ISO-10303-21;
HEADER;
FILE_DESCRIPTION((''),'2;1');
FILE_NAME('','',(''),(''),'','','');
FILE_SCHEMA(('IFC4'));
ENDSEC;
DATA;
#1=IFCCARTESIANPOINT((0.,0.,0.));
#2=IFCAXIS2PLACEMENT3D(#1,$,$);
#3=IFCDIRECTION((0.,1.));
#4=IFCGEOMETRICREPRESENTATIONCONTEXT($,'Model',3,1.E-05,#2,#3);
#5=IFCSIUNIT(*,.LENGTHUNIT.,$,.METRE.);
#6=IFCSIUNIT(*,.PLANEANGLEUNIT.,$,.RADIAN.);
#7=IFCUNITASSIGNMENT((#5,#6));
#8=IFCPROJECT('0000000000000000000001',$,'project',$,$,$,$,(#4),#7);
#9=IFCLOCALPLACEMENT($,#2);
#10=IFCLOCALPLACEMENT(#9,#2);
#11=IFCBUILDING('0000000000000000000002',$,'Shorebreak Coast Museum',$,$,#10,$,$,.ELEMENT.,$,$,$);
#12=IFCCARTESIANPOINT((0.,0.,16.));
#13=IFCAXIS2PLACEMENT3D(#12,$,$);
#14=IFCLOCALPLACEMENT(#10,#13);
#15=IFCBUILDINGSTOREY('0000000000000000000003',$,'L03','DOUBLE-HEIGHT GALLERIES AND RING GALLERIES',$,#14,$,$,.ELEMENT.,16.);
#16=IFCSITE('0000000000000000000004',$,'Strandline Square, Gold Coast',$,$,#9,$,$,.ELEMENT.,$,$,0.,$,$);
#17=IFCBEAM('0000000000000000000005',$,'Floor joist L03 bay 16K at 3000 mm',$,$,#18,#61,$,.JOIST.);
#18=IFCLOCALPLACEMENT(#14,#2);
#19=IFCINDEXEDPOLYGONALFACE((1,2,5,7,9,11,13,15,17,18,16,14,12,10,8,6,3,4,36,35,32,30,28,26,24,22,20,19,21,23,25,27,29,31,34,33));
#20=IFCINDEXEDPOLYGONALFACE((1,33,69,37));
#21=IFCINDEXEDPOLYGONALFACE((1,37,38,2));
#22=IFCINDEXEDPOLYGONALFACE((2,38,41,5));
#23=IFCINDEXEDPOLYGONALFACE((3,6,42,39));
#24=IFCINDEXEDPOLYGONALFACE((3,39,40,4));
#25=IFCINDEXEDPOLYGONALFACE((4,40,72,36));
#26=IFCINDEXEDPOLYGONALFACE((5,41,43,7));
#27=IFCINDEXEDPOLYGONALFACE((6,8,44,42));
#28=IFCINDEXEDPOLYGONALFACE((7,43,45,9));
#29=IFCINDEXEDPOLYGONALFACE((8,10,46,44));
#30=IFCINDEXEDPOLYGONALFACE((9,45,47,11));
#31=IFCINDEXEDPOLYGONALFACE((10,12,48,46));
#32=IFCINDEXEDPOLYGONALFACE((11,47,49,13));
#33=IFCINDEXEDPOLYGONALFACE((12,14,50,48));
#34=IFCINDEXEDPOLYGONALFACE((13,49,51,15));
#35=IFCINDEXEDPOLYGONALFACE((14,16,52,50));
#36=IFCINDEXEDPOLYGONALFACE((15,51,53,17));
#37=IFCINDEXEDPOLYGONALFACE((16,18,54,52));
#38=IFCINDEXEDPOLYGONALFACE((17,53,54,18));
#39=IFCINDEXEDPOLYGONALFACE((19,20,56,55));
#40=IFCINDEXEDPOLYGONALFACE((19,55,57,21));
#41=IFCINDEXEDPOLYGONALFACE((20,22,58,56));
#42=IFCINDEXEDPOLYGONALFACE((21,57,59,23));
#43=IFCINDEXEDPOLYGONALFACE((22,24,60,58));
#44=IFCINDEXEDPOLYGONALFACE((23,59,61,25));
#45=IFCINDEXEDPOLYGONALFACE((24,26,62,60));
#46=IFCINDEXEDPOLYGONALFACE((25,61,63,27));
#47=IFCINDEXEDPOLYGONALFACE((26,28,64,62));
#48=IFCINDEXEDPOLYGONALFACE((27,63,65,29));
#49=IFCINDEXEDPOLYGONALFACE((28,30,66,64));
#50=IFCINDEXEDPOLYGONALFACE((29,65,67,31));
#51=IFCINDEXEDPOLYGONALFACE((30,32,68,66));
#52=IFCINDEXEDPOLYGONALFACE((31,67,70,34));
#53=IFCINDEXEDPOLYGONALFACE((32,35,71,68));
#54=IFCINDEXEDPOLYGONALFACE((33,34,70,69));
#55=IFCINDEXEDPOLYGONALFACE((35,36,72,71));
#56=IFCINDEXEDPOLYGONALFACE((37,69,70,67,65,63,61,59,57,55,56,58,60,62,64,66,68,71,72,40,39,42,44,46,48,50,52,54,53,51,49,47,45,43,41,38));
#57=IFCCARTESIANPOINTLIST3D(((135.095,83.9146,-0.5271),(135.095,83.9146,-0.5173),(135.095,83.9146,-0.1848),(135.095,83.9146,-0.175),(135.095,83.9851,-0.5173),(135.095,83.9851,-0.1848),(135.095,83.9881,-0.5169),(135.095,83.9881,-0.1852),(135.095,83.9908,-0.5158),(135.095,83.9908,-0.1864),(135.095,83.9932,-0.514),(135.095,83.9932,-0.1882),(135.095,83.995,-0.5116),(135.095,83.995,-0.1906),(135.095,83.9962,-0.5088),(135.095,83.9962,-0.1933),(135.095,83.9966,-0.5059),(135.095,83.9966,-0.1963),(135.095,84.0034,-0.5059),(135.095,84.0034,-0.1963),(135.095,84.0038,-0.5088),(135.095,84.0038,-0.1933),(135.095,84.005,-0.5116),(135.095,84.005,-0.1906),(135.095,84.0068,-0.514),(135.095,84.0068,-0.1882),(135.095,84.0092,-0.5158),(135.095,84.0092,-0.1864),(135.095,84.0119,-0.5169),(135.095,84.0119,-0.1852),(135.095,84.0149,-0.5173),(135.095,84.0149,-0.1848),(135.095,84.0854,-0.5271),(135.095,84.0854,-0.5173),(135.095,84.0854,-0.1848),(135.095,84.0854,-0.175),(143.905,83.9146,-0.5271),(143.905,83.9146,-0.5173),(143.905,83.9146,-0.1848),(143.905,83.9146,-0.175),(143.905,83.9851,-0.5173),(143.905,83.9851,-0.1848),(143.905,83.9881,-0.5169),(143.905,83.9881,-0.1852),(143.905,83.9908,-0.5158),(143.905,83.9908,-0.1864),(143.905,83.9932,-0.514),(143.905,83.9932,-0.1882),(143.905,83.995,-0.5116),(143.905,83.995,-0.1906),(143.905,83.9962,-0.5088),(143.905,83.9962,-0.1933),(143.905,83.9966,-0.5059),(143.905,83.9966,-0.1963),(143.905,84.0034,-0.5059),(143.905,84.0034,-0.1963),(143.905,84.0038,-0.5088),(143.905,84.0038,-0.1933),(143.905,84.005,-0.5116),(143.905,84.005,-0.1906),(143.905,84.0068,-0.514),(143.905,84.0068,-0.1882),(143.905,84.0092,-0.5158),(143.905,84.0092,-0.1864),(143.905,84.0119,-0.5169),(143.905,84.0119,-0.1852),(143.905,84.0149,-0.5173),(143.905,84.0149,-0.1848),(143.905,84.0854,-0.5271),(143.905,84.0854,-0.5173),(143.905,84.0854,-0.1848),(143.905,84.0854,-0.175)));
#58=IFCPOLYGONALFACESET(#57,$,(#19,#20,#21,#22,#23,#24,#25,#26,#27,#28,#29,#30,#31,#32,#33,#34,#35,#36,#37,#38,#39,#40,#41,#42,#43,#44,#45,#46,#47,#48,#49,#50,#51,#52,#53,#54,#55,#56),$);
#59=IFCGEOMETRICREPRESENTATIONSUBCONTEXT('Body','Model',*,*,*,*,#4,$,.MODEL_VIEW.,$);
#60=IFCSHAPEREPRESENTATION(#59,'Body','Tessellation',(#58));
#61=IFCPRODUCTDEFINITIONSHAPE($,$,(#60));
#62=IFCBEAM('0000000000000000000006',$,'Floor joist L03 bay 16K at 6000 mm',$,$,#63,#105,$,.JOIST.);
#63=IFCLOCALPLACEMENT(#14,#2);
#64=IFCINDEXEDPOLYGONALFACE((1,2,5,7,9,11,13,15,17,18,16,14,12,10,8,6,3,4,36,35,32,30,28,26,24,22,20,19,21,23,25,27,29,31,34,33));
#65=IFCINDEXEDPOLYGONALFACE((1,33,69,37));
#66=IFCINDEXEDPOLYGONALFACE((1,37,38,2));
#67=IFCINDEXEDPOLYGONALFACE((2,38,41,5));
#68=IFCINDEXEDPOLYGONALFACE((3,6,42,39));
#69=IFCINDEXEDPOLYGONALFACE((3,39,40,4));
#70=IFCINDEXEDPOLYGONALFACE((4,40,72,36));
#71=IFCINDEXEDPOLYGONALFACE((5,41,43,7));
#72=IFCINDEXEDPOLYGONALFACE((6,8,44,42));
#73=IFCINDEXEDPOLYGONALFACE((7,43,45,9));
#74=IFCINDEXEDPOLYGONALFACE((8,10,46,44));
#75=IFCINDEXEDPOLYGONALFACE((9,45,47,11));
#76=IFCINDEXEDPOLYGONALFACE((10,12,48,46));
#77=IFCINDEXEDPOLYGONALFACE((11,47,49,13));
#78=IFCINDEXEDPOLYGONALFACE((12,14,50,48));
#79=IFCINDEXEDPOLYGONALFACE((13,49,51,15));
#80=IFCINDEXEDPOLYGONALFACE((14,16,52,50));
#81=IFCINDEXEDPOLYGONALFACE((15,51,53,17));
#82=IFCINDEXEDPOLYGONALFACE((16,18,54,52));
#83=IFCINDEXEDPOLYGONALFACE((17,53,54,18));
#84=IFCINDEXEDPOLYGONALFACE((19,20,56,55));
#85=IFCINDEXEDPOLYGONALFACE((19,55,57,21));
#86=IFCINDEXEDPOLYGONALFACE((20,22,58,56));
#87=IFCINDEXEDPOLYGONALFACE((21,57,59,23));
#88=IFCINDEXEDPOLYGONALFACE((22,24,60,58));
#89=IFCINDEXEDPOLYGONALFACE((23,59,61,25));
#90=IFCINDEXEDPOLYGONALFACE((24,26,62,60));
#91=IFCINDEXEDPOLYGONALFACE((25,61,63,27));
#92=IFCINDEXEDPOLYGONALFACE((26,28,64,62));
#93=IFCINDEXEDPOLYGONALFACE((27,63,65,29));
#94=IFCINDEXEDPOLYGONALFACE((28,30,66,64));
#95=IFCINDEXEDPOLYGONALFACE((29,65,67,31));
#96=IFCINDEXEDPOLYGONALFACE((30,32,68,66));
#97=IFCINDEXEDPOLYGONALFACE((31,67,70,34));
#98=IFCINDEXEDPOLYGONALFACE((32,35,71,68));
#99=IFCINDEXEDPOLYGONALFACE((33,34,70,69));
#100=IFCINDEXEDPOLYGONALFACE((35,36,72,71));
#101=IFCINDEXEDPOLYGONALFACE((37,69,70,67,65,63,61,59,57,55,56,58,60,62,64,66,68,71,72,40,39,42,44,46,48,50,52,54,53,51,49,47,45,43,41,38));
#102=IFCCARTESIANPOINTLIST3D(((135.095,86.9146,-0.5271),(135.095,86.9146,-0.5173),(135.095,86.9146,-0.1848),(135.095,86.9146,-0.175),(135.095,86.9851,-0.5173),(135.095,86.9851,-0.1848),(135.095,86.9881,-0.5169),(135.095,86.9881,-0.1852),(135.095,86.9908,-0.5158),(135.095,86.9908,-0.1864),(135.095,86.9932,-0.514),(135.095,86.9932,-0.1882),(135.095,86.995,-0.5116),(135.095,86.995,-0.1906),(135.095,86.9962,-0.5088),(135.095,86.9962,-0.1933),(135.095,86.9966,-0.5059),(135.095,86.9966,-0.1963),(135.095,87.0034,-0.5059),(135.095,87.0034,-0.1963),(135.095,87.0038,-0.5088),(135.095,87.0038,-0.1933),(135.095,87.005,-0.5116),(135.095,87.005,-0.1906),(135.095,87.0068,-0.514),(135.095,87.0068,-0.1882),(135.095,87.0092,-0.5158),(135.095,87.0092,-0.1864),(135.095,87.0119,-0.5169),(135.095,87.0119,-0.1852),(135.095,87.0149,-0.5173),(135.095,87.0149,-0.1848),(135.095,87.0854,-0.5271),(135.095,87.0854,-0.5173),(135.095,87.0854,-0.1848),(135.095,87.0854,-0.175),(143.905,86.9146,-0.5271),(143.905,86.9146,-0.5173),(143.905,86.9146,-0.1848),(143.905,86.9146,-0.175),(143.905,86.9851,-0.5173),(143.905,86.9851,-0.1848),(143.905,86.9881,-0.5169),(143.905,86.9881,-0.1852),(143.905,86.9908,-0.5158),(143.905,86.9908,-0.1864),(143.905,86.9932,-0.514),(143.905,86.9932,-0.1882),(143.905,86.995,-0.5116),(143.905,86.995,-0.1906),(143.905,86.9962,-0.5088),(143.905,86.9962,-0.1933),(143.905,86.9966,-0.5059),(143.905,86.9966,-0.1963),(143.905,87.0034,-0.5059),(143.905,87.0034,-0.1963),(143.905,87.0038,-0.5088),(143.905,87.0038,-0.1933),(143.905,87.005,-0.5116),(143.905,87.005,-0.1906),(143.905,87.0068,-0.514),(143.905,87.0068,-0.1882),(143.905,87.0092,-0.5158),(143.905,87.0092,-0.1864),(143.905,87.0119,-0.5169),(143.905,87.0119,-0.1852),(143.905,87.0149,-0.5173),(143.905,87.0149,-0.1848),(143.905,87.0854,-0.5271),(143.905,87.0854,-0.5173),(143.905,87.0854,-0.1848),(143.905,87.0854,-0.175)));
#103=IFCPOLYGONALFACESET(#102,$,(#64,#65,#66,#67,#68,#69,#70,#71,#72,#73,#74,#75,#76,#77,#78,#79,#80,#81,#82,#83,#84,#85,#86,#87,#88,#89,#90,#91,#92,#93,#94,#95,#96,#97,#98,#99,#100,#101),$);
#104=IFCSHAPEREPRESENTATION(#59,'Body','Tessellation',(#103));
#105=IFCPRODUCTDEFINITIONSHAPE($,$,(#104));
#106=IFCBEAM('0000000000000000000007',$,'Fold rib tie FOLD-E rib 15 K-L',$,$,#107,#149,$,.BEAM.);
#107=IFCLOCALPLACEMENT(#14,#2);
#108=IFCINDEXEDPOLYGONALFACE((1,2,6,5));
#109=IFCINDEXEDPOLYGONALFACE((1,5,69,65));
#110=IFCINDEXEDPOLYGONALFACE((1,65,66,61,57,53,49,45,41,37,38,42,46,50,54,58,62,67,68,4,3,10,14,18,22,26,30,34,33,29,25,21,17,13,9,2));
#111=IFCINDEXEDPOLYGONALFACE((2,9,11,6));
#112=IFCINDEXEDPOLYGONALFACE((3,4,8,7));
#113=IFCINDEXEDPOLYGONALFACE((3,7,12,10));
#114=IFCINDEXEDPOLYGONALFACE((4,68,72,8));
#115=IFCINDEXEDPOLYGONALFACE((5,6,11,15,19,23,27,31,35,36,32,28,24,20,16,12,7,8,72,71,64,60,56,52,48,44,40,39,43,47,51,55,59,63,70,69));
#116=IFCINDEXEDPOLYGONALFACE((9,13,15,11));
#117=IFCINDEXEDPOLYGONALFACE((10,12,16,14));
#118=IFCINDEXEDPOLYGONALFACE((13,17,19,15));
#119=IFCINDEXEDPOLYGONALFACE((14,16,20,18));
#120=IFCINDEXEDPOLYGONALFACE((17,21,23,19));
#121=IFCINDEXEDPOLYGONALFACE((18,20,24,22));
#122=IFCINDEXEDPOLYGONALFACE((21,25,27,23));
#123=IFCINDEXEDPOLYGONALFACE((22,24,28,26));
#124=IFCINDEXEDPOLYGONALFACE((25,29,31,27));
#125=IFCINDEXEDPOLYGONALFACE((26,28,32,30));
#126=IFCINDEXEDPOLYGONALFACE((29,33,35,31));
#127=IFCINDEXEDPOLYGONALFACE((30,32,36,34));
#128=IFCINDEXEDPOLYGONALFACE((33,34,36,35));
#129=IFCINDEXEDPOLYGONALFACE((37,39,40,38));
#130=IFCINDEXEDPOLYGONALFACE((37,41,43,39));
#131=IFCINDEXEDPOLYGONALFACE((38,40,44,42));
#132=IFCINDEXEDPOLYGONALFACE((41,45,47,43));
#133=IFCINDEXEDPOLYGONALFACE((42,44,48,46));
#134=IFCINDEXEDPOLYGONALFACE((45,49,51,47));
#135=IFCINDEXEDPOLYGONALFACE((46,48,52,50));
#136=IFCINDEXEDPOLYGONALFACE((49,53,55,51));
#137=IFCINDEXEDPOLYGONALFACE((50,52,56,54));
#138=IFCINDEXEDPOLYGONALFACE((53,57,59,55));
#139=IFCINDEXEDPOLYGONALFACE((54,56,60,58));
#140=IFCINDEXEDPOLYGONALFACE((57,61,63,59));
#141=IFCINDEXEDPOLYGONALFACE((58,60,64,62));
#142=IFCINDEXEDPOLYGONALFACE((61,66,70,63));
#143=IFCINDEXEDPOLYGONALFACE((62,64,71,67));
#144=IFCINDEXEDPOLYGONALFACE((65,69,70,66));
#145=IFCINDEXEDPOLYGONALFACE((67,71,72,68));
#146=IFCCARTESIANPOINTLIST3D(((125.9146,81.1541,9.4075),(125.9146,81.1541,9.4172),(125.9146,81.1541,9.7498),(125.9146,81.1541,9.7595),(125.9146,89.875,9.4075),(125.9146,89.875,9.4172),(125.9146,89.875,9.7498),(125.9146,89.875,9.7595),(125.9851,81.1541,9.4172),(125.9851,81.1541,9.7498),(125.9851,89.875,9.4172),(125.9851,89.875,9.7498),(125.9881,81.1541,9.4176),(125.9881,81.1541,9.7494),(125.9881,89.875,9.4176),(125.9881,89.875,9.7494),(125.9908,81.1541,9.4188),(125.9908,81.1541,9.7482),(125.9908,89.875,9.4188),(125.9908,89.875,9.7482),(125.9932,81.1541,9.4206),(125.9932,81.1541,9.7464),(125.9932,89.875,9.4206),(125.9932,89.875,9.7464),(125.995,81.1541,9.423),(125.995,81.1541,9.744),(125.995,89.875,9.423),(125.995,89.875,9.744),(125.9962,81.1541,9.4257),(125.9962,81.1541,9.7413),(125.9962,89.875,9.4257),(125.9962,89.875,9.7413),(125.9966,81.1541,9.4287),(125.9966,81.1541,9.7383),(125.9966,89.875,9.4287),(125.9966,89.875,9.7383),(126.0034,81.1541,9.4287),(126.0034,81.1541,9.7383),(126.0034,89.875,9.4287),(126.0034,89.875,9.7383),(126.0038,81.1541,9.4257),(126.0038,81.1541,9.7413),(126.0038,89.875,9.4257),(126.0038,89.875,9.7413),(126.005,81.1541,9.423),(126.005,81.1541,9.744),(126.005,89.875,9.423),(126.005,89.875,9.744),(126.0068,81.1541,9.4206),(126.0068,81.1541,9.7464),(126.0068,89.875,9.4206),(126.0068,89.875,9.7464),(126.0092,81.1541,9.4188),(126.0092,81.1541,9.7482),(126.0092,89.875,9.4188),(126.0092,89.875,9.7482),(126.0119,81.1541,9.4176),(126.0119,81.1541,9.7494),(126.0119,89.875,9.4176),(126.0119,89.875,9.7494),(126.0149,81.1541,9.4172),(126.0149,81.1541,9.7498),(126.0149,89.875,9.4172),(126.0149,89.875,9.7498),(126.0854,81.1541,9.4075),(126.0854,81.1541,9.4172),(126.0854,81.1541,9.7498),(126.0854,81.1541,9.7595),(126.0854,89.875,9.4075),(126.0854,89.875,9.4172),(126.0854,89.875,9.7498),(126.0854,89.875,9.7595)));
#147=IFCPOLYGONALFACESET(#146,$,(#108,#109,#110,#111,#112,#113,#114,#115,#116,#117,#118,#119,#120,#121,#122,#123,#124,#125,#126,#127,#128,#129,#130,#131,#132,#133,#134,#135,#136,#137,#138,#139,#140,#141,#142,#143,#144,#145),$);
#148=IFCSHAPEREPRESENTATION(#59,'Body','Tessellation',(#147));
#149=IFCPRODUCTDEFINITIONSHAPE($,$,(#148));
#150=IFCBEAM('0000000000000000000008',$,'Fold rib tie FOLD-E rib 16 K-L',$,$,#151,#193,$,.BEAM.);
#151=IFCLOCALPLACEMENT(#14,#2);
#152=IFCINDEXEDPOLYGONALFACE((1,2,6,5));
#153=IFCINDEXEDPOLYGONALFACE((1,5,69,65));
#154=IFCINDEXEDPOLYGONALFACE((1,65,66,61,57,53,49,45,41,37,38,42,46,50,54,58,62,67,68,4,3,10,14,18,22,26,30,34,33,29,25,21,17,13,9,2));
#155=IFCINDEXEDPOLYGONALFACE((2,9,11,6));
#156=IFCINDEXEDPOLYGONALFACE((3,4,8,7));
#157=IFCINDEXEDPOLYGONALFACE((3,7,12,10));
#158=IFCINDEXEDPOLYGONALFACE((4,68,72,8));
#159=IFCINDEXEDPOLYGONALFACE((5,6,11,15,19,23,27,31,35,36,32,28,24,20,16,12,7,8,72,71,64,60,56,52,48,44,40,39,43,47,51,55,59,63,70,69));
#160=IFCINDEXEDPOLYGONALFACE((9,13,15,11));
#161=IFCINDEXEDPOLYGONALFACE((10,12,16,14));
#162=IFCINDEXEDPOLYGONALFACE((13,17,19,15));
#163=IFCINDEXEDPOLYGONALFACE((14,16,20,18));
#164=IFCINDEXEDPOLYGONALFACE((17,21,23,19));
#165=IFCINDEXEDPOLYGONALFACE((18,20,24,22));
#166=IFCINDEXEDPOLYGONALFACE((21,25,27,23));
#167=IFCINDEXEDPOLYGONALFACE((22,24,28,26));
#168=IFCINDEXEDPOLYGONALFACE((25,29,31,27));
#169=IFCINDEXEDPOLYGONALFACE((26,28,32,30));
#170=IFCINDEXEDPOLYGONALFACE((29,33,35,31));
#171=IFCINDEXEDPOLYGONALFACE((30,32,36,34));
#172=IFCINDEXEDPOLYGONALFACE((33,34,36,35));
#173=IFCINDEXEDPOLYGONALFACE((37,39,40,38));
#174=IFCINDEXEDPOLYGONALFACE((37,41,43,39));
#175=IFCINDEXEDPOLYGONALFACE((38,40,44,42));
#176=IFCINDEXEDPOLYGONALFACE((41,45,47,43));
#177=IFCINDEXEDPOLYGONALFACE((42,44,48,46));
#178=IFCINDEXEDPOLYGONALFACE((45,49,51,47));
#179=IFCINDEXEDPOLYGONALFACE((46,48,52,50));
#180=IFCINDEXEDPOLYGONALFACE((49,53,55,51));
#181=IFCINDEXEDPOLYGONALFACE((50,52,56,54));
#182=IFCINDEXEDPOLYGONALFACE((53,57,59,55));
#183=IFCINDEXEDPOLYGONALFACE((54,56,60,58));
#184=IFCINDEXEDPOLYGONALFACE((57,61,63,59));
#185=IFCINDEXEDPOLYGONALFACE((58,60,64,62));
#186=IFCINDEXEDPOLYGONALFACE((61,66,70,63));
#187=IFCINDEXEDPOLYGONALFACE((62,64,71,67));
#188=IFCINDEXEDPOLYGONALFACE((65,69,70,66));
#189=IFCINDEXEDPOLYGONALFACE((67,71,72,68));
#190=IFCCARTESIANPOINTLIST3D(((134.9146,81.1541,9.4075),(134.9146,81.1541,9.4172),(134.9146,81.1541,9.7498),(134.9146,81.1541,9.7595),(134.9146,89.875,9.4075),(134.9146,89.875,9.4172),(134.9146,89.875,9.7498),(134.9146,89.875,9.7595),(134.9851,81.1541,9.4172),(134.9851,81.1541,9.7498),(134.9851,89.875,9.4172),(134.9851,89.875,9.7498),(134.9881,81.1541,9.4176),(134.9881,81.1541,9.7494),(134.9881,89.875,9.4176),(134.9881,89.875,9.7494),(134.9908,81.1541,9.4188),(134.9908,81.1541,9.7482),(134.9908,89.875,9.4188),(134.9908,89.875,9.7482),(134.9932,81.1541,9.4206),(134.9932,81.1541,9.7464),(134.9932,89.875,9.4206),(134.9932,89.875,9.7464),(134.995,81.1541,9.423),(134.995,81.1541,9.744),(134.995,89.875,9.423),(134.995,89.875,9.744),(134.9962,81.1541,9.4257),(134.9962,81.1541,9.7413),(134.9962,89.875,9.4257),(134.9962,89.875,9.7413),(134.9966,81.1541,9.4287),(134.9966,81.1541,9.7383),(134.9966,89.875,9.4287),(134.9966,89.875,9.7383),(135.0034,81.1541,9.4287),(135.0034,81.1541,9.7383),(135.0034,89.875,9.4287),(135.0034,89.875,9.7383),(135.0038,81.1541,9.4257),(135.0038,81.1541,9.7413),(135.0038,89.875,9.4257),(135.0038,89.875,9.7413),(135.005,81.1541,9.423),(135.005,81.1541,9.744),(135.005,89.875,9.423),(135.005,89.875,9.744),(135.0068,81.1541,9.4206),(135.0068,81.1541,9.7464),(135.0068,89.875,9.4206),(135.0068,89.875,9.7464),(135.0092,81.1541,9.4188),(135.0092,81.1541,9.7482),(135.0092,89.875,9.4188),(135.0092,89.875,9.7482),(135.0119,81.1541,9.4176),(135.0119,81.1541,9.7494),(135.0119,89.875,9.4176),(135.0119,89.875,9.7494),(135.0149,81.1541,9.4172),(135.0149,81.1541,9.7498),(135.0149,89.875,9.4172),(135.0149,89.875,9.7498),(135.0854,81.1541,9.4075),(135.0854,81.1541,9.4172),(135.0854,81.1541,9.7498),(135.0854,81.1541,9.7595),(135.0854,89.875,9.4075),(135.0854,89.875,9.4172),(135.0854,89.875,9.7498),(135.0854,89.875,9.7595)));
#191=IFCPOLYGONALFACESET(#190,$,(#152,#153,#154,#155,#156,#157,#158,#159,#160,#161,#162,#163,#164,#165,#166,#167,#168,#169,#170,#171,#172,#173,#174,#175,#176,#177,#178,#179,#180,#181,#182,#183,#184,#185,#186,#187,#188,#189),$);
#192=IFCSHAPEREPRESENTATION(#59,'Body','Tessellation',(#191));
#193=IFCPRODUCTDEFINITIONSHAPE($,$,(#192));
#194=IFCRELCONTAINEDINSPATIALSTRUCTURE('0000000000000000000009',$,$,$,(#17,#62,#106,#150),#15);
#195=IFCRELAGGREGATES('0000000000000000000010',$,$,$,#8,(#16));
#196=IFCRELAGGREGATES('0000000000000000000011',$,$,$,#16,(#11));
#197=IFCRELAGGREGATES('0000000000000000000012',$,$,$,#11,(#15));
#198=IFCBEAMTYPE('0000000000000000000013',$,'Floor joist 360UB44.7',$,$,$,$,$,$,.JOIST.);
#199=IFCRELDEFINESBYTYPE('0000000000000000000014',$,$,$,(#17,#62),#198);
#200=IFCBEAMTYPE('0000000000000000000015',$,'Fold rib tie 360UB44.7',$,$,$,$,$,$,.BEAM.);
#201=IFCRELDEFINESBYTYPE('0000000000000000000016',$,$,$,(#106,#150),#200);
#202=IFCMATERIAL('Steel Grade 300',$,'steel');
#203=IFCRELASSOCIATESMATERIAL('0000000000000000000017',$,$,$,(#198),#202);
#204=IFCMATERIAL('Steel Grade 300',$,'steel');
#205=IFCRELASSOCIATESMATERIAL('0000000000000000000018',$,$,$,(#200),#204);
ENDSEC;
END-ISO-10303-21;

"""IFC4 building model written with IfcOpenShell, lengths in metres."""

from ifc_helpers import new_model, si_unit, direction, frame, origin, origin_2d, place, context, subcontext, project, spatial, i_section, extrude, material, material_profile, profile_set, type_object, element, save


model = new_model("IFC4")

# Units and contexts
model_context = context("Model", 3, precision=1e-05, world=origin(), true_north=direction((0.0, 1.0)))
body_context = subcontext(model_context, "Body", "Model", "MODEL_VIEW")
ifc_project = project(units=[si_unit("LENGTHUNIT", "METRE"), si_unit("PLANEANGLEUNIT", "RADIAN")], contexts=[model_context])

# Site, building, storey
site_placement = place(None, origin())
site = spatial("IfcSite", under=ifc_project, at=site_placement, Name="Strandline Square, Gold Coast", CompositionType="ELEMENT", RefElevation=0.0)
building_placement = place(site_placement, origin())
building = spatial("IfcBuilding", under=site, at=building_placement, Name="Shorebreak Coast Museum", CompositionType="ELEMENT")
storey_placement = place(building_placement, frame((0.0, 0.0, 16.0)))
storey = spatial("IfcBuildingStorey", under=building, at=storey_placement, Name="L03", Description="DOUBLE-HEIGHT GALLERIES AND RING GALLERIES", CompositionType="ELEMENT", Elevation=16.0)

# Beams
ifc_material_1 = material(Name="Steel Grade 300", Category="steel")
ifc_material_profile_1 = material_profile(ifc_material_1, i_section(OverallWidth=0.1709, OverallDepth=0.3521, WebThickness=0.0068, FlangeThickness=0.0098, FilletRadius=0.0115, at=origin_2d()), Name="360UB44.7")
ifc_profile_set_1 = profile_set([ifc_material_profile_1], Name="Steel Grade 300")
beam_type_1 = type_object("IfcBeamType", Name="Floor joist 360UB44.7", PredefinedType="JOIST", material=ifc_profile_set_1)
for number, where, z_axis, x_axis, name in (
    (1, (135.095, 84.0, -0.3511), (1.0, 0.0, 0.0), (0.0, 1.0, 0.0), "Floor joist L03 bay 16K at 3000 mm"),
    (2, (135.095, 87.0, -0.3511), (1.0, 0.0, 0.0), (0.0, 1.0, 0.0), "Floor joist L03 bay 16K at 6000 mm"),
):
    element("IfcBeam", number, at=place(storey_placement, frame(where, z_axis=z_axis, x_axis=x_axis)), inside=storey, type_object=beam_type_1, Name=name, PredefinedType="JOIST", context=body_context, shape_type="SweptSolid", body=[
        extrude(i_section(OverallWidth=0.1709, OverallDepth=0.3521, WebThickness=0.0068, FlangeThickness=0.0098, FilletRadius=0.0115, at=origin_2d()), origin(), (0.0, 0.0, 1.0), 8.8101),
    ])
ifc_material_2 = material(Name="Steel Grade 300", Category="steel")
ifc_material_profile_2 = material_profile(ifc_material_2, i_section(OverallWidth=0.1709, OverallDepth=0.3521, WebThickness=0.0068, FlangeThickness=0.0098, FilletRadius=0.0115, at=origin_2d()), Name="360UB44.7")
ifc_profile_set_2 = profile_set([ifc_material_profile_2], Name="Steel Grade 300")
beam_type_2 = type_object("IfcBeamType", Name="Fold rib tie 360UB44.7", PredefinedType="BEAM", material=ifc_profile_set_2)
for number, where, z_axis, x_axis, name in (
    (3, (126.0, 81.1541, 9.5835), (0.0, 1.0, 0.0), (-1.0, 0.0, 0.0), "Fold rib tie FOLD-E rib 15 K-L"),
    (4, (135.0, 81.1541, 9.5835), (0.0, 1.0, 0.0), (-1.0, 0.0, 0.0), "Fold rib tie FOLD-E rib 16 K-L"),
):
    element("IfcBeam", number, at=place(storey_placement, frame(where, z_axis=z_axis, x_axis=x_axis)), inside=storey, type_object=beam_type_2, Name=name, PredefinedType="BEAM", context=body_context, shape_type="SweptSolid", body=[
        extrude(i_section(OverallWidth=0.1709, OverallDepth=0.3521, WebThickness=0.0068, FlangeThickness=0.0098, FilletRadius=0.0115, at=origin_2d()), origin(), (0.0, 0.0, 1.0), 8.7209),
    ])

save(model, "model.ifc")
